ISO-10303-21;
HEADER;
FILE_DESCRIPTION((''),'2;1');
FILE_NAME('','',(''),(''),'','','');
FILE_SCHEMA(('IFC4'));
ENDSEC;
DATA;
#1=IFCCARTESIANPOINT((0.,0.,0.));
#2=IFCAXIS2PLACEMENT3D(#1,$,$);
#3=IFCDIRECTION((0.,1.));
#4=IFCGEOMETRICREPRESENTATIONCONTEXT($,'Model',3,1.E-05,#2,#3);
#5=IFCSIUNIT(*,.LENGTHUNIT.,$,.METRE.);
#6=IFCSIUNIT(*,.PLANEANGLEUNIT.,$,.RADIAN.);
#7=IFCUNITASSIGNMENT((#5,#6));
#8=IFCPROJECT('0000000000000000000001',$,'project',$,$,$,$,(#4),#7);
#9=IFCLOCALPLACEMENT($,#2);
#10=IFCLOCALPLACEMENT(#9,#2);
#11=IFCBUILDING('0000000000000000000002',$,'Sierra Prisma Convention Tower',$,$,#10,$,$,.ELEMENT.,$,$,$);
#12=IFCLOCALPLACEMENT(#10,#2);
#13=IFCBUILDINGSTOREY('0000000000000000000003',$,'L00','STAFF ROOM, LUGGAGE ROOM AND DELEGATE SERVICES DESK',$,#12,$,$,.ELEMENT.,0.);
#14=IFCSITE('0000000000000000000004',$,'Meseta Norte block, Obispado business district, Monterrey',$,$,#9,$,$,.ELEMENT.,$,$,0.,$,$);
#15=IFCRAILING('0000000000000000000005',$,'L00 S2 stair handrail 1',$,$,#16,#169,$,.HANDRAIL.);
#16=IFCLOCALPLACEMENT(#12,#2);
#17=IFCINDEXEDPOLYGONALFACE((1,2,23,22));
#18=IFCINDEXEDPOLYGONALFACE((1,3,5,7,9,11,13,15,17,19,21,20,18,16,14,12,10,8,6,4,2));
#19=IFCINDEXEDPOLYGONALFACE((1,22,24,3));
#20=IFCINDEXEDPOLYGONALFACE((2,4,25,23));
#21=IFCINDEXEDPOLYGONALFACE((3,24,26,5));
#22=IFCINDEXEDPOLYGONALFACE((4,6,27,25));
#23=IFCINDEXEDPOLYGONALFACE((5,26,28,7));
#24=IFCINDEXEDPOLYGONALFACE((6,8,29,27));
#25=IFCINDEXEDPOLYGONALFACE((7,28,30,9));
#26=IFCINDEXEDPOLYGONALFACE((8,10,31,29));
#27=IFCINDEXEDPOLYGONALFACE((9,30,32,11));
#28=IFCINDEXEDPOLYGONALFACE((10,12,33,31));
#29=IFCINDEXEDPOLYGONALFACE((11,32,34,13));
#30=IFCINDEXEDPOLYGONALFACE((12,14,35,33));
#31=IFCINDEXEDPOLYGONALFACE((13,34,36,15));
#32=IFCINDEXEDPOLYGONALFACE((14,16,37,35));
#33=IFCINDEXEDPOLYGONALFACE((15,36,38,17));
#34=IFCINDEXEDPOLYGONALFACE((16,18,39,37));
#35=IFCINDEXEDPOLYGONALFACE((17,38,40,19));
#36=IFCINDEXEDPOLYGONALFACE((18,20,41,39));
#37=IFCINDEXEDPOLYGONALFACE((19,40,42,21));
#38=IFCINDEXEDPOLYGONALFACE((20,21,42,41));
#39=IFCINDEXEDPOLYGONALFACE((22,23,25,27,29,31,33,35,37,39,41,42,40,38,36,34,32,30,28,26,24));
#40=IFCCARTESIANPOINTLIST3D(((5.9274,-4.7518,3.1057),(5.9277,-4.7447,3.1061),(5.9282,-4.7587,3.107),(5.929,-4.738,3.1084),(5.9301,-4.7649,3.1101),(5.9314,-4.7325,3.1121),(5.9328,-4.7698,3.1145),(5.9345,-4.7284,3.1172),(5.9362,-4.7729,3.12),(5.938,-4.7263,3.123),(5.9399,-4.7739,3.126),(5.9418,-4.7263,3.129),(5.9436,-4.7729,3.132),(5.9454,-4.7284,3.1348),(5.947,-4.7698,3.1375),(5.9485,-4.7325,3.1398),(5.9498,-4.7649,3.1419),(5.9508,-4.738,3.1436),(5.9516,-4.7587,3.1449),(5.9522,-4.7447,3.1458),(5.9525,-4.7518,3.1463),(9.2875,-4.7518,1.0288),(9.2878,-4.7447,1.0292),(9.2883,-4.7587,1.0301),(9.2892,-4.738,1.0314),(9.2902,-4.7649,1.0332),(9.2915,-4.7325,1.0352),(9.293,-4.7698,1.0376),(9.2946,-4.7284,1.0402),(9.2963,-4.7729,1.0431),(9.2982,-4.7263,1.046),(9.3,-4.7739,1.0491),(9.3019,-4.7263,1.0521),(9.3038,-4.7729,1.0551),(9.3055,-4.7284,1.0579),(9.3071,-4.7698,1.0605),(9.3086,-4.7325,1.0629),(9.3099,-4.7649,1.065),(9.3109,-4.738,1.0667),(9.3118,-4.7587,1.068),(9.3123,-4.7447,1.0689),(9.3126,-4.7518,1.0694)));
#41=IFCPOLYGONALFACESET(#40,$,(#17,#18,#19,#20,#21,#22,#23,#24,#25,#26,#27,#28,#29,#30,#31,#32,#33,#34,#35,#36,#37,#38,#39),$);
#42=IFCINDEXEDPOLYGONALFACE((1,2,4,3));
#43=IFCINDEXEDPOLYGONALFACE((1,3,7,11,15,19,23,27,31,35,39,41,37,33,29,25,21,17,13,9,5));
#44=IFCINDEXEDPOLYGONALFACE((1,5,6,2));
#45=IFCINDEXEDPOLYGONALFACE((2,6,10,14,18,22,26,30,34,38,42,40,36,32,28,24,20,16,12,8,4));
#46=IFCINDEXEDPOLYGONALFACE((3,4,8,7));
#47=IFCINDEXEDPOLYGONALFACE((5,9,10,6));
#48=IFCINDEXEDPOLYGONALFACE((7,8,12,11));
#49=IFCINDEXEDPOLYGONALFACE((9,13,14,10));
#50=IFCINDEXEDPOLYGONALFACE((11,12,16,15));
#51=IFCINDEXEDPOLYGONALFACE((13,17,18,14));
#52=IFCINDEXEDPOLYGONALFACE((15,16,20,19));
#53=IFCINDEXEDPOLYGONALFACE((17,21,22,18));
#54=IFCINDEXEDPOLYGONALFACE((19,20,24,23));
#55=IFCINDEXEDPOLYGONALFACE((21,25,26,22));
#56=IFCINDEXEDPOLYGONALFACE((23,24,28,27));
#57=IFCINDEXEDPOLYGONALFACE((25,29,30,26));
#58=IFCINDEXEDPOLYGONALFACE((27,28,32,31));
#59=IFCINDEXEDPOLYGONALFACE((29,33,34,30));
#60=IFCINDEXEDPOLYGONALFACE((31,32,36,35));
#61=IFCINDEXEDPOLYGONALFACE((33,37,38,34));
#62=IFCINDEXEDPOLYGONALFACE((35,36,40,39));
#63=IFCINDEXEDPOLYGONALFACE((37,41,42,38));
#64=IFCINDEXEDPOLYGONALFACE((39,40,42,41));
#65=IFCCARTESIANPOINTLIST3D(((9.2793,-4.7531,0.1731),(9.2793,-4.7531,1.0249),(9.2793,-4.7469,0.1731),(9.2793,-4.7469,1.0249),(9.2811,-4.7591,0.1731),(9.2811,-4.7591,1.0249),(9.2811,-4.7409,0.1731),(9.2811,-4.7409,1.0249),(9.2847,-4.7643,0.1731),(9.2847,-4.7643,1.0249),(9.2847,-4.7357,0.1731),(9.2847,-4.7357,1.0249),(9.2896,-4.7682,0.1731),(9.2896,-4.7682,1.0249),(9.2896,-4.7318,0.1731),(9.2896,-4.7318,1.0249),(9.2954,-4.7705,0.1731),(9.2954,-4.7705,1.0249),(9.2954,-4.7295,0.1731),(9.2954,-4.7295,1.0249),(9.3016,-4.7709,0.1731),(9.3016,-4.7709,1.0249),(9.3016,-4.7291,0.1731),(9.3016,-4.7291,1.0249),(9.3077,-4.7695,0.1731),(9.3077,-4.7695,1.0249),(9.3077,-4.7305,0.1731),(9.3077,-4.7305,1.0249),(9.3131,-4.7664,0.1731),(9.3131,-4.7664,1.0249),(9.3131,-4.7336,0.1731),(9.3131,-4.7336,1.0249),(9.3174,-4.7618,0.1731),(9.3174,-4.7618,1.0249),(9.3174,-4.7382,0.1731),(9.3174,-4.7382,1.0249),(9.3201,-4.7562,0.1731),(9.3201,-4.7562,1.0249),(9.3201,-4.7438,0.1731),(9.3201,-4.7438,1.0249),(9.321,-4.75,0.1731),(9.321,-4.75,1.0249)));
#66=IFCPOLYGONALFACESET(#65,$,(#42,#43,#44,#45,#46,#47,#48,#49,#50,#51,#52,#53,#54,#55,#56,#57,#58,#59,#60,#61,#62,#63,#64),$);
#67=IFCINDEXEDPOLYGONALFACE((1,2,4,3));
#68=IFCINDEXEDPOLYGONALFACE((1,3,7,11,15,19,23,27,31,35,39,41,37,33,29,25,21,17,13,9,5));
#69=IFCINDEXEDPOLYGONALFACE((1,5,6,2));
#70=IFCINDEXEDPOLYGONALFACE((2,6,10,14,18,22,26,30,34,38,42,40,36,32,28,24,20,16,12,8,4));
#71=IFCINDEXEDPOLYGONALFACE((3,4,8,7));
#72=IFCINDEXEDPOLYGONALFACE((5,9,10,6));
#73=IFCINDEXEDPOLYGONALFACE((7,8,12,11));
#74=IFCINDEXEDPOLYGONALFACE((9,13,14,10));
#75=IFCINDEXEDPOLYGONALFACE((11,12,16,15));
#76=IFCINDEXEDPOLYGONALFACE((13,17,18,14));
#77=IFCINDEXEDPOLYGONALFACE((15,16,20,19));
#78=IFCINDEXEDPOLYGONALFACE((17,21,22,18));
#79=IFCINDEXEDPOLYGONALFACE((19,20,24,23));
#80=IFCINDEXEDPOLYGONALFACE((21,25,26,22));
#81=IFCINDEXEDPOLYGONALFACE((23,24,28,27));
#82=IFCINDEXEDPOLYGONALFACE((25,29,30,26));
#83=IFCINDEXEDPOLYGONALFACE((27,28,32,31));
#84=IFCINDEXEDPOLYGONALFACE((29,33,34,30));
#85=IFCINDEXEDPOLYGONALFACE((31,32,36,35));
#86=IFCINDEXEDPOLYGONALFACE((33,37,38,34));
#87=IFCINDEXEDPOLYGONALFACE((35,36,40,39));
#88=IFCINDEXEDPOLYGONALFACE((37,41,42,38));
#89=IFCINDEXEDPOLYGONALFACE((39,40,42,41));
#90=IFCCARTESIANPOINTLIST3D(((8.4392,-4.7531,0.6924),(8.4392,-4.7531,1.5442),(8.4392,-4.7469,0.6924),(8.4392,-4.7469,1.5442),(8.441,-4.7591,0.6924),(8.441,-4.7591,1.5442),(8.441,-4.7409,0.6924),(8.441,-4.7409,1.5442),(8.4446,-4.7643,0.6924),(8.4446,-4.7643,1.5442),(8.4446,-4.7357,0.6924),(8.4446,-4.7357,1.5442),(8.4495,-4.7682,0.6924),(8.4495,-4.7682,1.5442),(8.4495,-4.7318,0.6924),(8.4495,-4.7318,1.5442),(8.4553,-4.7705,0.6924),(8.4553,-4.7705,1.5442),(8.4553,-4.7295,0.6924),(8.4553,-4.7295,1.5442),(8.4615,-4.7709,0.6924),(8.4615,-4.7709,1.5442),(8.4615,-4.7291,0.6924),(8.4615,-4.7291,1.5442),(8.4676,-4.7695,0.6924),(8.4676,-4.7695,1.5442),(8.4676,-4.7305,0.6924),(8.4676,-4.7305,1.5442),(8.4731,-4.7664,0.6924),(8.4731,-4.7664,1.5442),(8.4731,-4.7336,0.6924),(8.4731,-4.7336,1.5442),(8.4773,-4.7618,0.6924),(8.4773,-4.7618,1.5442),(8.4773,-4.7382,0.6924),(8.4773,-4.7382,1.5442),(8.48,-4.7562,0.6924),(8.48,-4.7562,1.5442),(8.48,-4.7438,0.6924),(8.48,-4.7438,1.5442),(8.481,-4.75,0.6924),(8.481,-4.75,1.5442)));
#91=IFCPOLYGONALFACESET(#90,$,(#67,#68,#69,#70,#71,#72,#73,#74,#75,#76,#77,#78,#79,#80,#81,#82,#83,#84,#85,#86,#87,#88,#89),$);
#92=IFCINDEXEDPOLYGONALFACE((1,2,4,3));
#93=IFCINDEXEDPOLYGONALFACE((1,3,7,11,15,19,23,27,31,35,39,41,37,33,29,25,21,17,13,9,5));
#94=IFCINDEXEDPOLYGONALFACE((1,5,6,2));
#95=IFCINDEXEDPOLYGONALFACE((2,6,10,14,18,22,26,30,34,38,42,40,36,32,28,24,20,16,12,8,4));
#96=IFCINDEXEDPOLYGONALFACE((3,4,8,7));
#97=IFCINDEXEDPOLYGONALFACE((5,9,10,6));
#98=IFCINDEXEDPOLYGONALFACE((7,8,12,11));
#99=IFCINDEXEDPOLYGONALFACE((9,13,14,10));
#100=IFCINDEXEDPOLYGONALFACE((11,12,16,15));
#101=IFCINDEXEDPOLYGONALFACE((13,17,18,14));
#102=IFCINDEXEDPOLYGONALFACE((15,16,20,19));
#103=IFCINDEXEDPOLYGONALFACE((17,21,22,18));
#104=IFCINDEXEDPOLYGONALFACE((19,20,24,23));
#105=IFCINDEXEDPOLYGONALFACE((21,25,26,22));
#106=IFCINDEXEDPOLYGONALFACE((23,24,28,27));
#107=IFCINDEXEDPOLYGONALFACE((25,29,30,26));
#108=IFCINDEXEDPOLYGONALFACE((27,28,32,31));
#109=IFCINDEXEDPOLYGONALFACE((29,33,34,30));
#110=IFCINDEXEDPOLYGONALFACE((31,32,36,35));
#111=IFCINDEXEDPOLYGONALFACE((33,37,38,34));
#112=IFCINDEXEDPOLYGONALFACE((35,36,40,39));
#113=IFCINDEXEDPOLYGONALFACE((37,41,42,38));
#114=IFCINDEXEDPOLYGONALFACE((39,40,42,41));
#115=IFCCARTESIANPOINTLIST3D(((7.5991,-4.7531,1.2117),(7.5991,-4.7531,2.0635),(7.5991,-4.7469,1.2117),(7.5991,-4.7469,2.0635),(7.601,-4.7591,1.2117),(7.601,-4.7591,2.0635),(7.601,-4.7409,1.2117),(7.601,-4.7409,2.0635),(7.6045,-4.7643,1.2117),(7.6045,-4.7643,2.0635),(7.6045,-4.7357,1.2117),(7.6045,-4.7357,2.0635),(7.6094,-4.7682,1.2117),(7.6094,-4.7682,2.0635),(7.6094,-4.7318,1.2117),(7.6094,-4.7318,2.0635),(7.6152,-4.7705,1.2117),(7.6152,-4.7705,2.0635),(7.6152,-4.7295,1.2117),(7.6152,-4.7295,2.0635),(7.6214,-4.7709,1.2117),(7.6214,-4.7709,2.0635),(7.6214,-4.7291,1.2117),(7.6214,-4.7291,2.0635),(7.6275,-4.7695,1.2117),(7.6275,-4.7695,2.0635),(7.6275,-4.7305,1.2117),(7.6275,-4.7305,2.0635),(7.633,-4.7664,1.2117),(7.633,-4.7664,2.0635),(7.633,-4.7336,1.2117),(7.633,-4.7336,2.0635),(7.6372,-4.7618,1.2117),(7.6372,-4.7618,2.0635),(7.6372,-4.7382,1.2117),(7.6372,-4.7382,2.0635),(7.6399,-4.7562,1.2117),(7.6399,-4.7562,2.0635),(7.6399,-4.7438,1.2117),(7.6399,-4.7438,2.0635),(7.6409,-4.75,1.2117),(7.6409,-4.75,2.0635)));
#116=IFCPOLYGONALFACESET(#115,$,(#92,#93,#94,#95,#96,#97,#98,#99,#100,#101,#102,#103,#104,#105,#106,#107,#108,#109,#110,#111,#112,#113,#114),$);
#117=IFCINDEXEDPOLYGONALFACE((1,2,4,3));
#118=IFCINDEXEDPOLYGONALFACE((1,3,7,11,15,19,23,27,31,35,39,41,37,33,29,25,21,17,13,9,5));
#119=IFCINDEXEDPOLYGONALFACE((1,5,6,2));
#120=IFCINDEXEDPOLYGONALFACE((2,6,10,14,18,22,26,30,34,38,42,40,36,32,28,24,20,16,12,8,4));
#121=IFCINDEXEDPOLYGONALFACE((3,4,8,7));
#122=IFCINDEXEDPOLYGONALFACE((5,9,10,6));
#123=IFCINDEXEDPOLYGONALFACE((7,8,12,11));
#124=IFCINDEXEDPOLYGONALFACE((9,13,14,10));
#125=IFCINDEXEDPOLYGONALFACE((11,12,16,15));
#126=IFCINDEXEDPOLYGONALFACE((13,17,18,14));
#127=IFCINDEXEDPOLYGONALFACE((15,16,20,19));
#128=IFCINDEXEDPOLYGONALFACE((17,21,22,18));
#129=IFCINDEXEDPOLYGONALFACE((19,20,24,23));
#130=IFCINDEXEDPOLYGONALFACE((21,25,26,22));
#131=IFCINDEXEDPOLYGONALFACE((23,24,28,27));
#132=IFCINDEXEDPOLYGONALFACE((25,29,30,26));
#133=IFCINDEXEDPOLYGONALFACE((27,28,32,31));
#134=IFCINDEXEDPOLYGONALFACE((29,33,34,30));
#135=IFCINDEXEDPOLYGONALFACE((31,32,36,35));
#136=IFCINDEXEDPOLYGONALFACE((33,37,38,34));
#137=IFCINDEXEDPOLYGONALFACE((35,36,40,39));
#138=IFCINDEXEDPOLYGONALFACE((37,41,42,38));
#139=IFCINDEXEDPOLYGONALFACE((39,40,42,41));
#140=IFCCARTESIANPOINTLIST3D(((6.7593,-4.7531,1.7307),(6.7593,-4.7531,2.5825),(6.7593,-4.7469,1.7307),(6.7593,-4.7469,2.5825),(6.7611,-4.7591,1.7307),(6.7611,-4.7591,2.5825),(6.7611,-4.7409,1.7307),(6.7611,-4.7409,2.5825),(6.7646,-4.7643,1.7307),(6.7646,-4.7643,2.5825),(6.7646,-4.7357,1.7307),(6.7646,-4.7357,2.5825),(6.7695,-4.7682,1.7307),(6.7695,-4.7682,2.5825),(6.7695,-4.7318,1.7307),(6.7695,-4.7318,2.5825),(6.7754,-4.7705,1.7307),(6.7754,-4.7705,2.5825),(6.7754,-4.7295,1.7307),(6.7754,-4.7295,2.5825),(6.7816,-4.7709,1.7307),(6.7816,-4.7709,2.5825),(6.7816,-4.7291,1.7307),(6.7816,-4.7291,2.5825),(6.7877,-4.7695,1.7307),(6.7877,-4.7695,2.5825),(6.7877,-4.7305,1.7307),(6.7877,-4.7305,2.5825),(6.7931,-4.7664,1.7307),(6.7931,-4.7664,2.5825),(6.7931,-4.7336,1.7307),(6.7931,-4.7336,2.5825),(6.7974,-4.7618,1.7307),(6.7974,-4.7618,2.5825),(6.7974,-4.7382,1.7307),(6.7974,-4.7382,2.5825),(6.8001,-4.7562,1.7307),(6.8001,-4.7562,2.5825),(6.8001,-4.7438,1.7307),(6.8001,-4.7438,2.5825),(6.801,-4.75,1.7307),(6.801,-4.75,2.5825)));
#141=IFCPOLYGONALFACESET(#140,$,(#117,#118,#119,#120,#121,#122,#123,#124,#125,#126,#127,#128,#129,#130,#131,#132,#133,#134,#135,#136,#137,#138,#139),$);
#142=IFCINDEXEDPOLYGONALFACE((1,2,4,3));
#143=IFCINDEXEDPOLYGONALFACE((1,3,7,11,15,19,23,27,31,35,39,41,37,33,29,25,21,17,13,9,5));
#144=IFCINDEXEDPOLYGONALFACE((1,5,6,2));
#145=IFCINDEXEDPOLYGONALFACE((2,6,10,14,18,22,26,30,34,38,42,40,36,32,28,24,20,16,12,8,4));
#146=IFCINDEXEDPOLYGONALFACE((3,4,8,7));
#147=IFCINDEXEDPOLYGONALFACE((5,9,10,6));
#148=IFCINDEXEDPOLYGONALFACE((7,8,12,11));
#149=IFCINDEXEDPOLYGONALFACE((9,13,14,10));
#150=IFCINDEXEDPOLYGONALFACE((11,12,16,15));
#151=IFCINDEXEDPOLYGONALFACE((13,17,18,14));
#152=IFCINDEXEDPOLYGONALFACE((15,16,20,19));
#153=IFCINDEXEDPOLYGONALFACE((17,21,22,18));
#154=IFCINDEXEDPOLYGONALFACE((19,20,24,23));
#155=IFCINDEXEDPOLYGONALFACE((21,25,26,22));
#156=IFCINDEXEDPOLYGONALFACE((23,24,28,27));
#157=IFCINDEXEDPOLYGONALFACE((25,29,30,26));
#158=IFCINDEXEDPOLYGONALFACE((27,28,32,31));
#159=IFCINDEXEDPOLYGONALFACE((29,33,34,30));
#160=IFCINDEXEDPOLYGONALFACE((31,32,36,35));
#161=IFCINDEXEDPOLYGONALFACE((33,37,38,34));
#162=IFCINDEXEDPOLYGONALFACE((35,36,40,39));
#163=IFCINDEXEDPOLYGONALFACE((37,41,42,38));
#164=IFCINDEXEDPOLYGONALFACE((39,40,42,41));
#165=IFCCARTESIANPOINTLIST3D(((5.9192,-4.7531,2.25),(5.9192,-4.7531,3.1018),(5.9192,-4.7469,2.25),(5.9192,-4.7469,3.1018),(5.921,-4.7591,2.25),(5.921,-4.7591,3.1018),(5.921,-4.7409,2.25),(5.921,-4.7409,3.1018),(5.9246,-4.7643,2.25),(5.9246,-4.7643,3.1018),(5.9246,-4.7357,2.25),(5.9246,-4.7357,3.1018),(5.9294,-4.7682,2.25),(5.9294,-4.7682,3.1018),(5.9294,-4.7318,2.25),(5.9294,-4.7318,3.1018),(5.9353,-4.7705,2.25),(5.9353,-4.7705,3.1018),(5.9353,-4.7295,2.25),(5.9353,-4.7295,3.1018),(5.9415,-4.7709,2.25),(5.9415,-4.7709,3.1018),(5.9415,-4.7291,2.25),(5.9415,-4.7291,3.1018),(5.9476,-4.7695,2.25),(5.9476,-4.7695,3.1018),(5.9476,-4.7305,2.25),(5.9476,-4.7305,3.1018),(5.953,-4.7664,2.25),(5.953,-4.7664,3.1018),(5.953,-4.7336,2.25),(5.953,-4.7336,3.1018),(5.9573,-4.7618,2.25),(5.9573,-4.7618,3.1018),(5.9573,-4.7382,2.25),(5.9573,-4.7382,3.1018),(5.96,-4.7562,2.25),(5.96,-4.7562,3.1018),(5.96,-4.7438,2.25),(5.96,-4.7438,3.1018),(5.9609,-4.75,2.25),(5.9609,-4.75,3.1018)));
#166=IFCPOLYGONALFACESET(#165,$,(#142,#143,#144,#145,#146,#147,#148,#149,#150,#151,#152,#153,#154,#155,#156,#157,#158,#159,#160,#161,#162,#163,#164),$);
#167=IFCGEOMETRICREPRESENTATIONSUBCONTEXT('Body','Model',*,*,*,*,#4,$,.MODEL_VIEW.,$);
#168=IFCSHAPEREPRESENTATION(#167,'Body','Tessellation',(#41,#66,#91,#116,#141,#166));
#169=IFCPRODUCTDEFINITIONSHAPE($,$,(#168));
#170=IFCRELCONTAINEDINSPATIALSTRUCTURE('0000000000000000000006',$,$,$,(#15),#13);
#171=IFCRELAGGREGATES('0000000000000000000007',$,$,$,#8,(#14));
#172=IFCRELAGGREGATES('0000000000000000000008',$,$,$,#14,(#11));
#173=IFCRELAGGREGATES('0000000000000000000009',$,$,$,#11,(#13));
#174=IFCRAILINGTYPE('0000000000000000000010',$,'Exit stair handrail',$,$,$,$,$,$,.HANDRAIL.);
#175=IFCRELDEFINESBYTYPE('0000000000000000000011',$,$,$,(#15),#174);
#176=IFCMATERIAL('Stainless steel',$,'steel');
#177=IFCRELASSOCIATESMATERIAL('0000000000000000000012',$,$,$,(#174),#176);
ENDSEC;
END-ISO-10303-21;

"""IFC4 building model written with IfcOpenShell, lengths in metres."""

from ifc_helpers import new_model, si_unit, direction, frame, origin, origin_2d, place, context, subcontext, project, spatial, circle, extrude, material, type_object, element, save


model = new_model("IFC4")

# Units and contexts
model_context = context("Model", 3, precision=1e-05, world=origin(), true_north=direction((0.0, 1.0)))
body_context = subcontext(model_context, "Body", "Model", "MODEL_VIEW")
ifc_project = project(units=[si_unit("LENGTHUNIT", "METRE"), si_unit("PLANEANGLEUNIT", "RADIAN")], contexts=[model_context])

# Site, building, storey
site_placement = place(None, origin())
site = spatial("IfcSite", under=ifc_project, at=site_placement, Name="Meseta Norte block, Obispado business district, Monterrey", CompositionType="ELEMENT", RefElevation=0.0)
building_placement = place(site_placement, origin())
building = spatial("IfcBuilding", under=site, at=building_placement, Name="Sierra Prisma Convention Tower", CompositionType="ELEMENT")
storey_placement = place(building_placement, origin())
storey = spatial("IfcBuildingStorey", under=building, at=storey_placement, Name="L00", Description="STAFF ROOM, LUGGAGE ROOM AND DELEGATE SERVICES DESK", CompositionType="ELEMENT", Elevation=0.0)

# Railing
ifc_material_1 = material(Name="Stainless steel", Category="steel")
railing_type_1 = type_object("IfcRailingType", Name="Exit stair handrail", PredefinedType="HANDRAIL", material=ifc_material_1)
for number, where, name in (
    (1, (9.3, -4.75, 0.1731), "L00 S2 stair handrail 1"),
):
    element("IfcRailing", number, at=place(storey_placement, frame(where)), inside=storey, type_object=railing_type_1, Name=name, PredefinedType="HANDRAIL", context=body_context, shape_type="SweptSolid", body=[
        extrude(circle(Radius=0.0239, at=origin_2d()), frame((0.0, 0.0, 0.876), z_axis=(-0.850623, 0.0, 0.525776), x_axis=(0.0, -1.0, 0.0)), (0.0, 0.0, 1.0), 3.9502),
        extrude(circle(Radius=0.021, at=origin_2d()), origin(), (0.0, 0.0, 1.0), 0.8518),
        extrude(circle(Radius=0.021, at=origin_2d()), frame((-0.8401, 0.0, 0.5193)), (0.0, 0.0, 1.0), 0.8518),
        extrude(circle(Radius=0.021, at=origin_2d()), frame((-1.6802, 0.0, 1.0386)), (0.0, 0.0, 1.0), 0.8518),
        extrude(circle(Radius=0.021, at=origin_2d()), frame((-2.52, 0.0, 1.5576)), (0.0, 0.0, 1.0), 0.8518),
        extrude(circle(Radius=0.021, at=origin_2d()), frame((-3.3601, 0.0, 2.0769)), (0.0, 0.0, 1.0), 0.8518),
    ])

save(model, "model.ifc")
